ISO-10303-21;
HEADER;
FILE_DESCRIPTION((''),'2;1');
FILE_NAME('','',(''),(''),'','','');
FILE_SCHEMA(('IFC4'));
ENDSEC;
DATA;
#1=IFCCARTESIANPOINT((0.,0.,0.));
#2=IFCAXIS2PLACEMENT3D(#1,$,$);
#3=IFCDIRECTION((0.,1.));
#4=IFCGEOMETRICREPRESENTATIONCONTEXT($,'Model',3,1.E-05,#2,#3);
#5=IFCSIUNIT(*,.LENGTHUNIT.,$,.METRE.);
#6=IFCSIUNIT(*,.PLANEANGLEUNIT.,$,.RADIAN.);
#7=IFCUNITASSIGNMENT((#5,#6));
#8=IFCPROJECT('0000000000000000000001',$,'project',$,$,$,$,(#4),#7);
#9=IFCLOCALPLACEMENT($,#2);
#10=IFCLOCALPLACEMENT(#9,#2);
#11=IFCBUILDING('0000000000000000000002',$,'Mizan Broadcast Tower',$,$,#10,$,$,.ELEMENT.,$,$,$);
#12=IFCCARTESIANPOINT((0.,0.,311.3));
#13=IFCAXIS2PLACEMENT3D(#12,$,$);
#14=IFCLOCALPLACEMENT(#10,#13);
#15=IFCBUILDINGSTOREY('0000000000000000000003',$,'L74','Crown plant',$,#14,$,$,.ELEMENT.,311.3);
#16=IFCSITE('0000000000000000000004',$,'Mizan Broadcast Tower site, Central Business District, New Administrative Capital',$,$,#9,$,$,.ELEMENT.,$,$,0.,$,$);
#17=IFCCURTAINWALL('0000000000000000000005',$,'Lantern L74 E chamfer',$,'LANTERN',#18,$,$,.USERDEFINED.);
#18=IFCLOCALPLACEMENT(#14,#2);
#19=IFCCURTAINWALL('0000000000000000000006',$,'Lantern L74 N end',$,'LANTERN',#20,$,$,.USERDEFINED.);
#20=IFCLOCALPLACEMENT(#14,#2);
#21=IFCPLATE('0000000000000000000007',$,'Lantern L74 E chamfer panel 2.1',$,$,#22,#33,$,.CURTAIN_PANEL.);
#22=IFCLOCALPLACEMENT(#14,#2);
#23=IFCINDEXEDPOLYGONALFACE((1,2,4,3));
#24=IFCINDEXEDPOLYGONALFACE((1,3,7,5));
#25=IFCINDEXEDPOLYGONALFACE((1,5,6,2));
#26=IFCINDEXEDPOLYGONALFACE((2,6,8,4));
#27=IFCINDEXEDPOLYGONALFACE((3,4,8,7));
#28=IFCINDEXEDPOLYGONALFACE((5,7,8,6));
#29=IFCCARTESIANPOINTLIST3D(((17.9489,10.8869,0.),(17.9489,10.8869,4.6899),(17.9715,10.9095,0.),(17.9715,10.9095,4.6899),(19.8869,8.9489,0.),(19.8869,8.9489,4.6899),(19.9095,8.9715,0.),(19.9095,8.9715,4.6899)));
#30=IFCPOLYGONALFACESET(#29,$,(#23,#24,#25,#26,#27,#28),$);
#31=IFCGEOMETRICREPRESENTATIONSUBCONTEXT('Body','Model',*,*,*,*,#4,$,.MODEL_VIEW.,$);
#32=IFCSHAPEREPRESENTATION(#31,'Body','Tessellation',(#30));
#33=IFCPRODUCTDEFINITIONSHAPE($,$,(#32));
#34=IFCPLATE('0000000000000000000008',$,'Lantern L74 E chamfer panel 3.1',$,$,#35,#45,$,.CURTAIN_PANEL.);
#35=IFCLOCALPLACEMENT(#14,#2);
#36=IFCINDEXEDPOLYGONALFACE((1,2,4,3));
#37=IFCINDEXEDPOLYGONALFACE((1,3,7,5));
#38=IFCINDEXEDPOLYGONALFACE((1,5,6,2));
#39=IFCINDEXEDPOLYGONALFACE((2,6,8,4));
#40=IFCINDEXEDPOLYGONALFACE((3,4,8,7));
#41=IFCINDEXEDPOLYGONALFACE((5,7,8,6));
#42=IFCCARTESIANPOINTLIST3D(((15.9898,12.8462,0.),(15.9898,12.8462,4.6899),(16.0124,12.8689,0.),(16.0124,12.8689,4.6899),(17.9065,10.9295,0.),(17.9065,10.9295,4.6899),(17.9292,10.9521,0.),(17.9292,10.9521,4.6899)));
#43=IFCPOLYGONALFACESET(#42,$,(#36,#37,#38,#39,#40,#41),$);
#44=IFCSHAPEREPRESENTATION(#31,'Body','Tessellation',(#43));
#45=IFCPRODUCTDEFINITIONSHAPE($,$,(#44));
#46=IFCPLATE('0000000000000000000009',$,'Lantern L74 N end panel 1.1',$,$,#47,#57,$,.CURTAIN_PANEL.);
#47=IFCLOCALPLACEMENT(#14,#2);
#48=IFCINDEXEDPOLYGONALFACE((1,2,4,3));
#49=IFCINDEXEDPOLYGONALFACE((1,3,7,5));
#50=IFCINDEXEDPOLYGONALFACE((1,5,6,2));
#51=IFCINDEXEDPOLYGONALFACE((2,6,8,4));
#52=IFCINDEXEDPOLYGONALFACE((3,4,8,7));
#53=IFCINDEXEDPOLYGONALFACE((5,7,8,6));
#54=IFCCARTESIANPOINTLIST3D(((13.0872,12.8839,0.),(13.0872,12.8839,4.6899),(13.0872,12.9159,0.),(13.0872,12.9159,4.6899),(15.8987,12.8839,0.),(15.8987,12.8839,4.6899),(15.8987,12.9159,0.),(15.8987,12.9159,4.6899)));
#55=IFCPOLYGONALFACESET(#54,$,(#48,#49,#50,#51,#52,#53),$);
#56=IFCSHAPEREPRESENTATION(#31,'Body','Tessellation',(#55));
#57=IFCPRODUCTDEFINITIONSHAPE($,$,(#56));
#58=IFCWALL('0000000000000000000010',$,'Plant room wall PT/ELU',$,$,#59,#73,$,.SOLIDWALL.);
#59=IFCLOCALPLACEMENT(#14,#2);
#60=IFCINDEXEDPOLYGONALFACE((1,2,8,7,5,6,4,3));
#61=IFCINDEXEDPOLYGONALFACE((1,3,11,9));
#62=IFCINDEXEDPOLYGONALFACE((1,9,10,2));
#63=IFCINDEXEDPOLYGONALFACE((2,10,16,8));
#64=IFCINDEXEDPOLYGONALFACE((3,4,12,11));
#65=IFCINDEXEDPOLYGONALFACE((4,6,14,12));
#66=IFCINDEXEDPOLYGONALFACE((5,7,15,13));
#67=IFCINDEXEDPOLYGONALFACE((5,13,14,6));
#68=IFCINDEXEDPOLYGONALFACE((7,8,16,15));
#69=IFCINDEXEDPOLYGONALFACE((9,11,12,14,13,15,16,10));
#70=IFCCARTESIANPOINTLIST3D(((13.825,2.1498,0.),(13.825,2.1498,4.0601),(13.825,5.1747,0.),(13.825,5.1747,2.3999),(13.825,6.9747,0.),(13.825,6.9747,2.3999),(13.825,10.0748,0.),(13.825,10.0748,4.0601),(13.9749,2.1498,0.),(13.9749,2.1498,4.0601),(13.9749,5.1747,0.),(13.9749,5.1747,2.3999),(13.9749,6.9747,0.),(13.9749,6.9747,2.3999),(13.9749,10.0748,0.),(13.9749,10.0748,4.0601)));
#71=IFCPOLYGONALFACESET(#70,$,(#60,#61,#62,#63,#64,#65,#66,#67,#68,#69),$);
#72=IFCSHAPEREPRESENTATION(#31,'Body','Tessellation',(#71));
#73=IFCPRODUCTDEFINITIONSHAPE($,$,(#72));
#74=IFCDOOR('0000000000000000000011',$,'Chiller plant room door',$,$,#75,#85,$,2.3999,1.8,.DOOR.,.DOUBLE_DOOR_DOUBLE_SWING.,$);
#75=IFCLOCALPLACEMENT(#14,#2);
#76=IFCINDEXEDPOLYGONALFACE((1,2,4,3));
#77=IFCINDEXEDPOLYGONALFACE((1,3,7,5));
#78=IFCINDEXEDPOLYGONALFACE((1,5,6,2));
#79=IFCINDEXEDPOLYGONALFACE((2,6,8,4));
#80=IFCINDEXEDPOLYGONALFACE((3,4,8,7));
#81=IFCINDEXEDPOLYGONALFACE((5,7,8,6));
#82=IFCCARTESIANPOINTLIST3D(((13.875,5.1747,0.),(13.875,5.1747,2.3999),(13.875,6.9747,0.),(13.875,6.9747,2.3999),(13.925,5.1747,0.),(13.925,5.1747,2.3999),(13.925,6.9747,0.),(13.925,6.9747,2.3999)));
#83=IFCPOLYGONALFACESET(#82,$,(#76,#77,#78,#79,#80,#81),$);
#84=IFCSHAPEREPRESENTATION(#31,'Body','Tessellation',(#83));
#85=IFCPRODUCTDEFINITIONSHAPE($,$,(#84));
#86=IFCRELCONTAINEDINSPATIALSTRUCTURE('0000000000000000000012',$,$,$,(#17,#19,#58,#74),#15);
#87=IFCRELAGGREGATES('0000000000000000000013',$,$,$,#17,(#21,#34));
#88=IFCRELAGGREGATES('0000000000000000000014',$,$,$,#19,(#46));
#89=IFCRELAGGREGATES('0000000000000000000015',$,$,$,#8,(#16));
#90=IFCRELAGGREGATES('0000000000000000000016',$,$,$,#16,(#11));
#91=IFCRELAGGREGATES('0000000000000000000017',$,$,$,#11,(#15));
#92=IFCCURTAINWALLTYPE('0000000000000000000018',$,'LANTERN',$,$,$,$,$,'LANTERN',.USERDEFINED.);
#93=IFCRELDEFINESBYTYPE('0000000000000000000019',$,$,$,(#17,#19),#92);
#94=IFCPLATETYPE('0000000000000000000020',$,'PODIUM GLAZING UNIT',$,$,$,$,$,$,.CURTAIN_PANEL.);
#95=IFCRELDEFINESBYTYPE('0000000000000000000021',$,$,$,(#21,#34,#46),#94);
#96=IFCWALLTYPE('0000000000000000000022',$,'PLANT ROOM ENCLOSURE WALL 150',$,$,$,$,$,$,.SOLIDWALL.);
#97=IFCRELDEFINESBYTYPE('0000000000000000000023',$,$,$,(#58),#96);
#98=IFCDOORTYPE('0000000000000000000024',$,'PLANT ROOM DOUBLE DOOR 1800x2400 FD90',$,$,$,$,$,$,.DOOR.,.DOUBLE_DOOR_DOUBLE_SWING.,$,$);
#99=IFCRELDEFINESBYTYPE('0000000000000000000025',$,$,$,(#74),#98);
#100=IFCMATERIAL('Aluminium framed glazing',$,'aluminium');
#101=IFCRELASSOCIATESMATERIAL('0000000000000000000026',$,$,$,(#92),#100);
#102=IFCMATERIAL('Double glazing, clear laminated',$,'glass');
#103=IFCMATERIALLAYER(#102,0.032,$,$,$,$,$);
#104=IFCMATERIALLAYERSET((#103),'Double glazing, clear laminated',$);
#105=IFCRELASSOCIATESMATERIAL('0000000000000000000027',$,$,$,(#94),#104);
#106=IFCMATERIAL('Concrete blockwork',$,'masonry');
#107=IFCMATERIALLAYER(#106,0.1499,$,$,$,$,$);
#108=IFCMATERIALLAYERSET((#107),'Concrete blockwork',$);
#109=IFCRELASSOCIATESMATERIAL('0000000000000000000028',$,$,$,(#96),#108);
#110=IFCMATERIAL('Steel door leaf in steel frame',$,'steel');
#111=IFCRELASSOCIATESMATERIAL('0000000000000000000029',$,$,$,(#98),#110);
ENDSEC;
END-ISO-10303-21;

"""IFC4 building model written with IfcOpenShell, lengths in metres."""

from ifc_helpers import new_model, si_unit, direction, frame, frame_2d, origin, origin_2d, place, context, subcontext, project, spatial, rectangle, extrude, material, layer, layer_set, type_object, element, fill, aggregate, save


model = new_model("IFC4")

# Units and contexts
model_context = context("Model", 3, precision=1e-05, world=origin(), true_north=direction((0.0, 1.0)))
body_context = subcontext(model_context, "Body", "Model", "MODEL_VIEW")
ifc_project = project(units=[si_unit("LENGTHUNIT", "METRE"), si_unit("PLANEANGLEUNIT", "RADIAN")], contexts=[model_context])

# Site, building, storey
site_placement = place(None, origin())
site = spatial("IfcSite", under=ifc_project, at=site_placement, Name="Mizan Broadcast Tower site, Central Business District, New Administrative Capital", CompositionType="ELEMENT", RefElevation=0.0)
building_placement = place(site_placement, origin())
building = spatial("IfcBuilding", under=site, at=building_placement, Name="Mizan Broadcast Tower", CompositionType="ELEMENT")
storey_placement = place(building_placement, frame((0.0, 0.0, 311.3)))
storey = spatial("IfcBuildingStorey", under=building, at=storey_placement, Name="L74", Description="Crown plant", CompositionType="ELEMENT", Elevation=311.3)

# Curtain wall
ifc_material_1 = material(Name="Aluminium framed glazing", Category="aluminium")
curtain_wall_type = type_object("IfcCurtainWallType", Name="LANTERN", ElementType="LANTERN", PredefinedType="USERDEFINED", material=ifc_material_1)
curtain_wall_1_placement = place(storey_placement, origin())
curtain_wall_1 = element("IfcCurtainWall", 1, at=curtain_wall_1_placement, inside=storey, type_object=curtain_wall_type, Name="Lantern L74 E chamfer", ObjectType="LANTERN", PredefinedType="USERDEFINED")

# Curtain wall
curtain_wall_2_placement = place(storey_placement, origin())
curtain_wall_2 = element("IfcCurtainWall", 2, at=curtain_wall_2_placement, inside=storey, type_object=curtain_wall_type, Name="Lantern L74 N end", ObjectType="LANTERN", PredefinedType="USERDEFINED")

# Plates
ifc_material_2 = material(Name="Double glazing, clear laminated", Category="glass")
ifc_layer_1 = layer(ifc_material_2, 0.032)
ifc_layer_set_1 = layer_set([ifc_layer_1], Name="Double glazing, clear laminated")
plate_type = type_object("IfcPlateType", Name="PODIUM GLAZING UNIT", PredefinedType="CURTAIN_PANEL", material=ifc_layer_set_1)
plate_1_placement = place(storey_placement, frame((18.9292, 9.9292, 0.0), z_axis=(0.0, 0.0, 1.0), x_axis=(-0.707107, 0.707107, 0.0)))
plate_1 = element("IfcPlate", 3, at=plate_1_placement, type_object=plate_type, Name="Lantern L74 E chamfer panel 2.1", PredefinedType="CURTAIN_PANEL", context=body_context, shape_type="SweptSolid", body=[
    extrude(rectangle(XDim=2.7407, YDim=0.032, at=origin_2d()), origin(), (0.0, 0.0, 1.0), 4.6899),
])
plate_2_placement = place(storey_placement, frame((16.9595, 11.8992, 0.0), z_axis=(0.0, 0.0, 1.0), x_axis=(-0.707107, 0.707107, 0.0)))
plate_2 = element("IfcPlate", 4, at=plate_2_placement, type_object=plate_type, Name="Lantern L74 E chamfer panel 3.1", PredefinedType="CURTAIN_PANEL", context=body_context, shape_type="SweptSolid", body=[
    extrude(rectangle(XDim=2.7107, YDim=0.032, at=origin_2d()), origin(), (0.0, 0.0, 1.0), 4.6899),
])
aggregate(curtain_wall_1, [plate_1, plate_2])
plate_3_placement = place(storey_placement, frame((14.4929, 12.8999, 0.0), z_axis=(0.0, 0.0, 1.0), x_axis=(-1.0, 0.0, 0.0)))
plate_3 = element("IfcPlate", 5, at=plate_3_placement, type_object=plate_type, Name="Lantern L74 N end panel 1.1", PredefinedType="CURTAIN_PANEL", context=body_context, shape_type="SweptSolid", body=[
    extrude(rectangle(XDim=2.8115, YDim=0.032, at=origin_2d()), origin(), (0.0, 0.0, 1.0), 4.6899),
])
aggregate(curtain_wall_2, [plate_3])

# Wall, opening, door
ifc_material_3 = material(Name="Concrete blockwork", Category="masonry")
ifc_layer_2 = layer(ifc_material_3, 0.1499)
ifc_layer_set_2 = layer_set([ifc_layer_2], Name="Concrete blockwork")
wall_type = type_object("IfcWallType", Name="PLANT ROOM ENCLOSURE WALL 150", PredefinedType="SOLIDWALL", material=ifc_layer_set_2)
wall_placement = place(storey_placement, frame((13.8999, 2.1499, 0.0), z_axis=(0.0, 0.0, 1.0), x_axis=(0.0, 1.0, 0.0)))
wall = element("IfcWall", 6, at=wall_placement, inside=storey, type_object=wall_type, Name="Plant room wall PT/ELU", PredefinedType="SOLIDWALL", context=body_context, shape_type="SweptSolid", body=[
    extrude(rectangle(XDim=7.925, YDim=0.1499, at=frame_2d((3.9624, 0.0))), origin(), (0.0, 0.0, 1.0), 4.0601),
])
opening_placement = place(wall_placement, frame((3.0249, 0.0, 0.0)))
opening = element("IfcOpeningElement", 7, at=opening_placement, cuts=wall, PredefinedType="OPENING", context=body_context, shape_type="SweptSolid", body=[
    extrude(rectangle(XDim=1.8, YDim=2.3999, at=frame_2d((0.8999, 1.2))), frame((0.0, 0.085, 0.0), z_axis=(0.0, -1.0, 0.0), x_axis=(1.0, 0.0, 0.0)), (0.0, 0.0, 1.0), 0.1699),
])
ifc_material_4 = material(Name="Steel door leaf in steel frame", Category="steel")
door_type = type_object("IfcDoorType", Name="PLANT ROOM DOUBLE DOOR 1800x2400 FD90", OperationType="DOUBLE_DOOR_DOUBLE_SWING", PredefinedType="DOOR", material=ifc_material_4)
door_placement = place(opening_placement, origin())
door = element("IfcDoor", 8, at=door_placement, inside=storey, type_object=door_type, Name="Chiller plant room door", OperationType="DOUBLE_DOOR_DOUBLE_SWING", OverallHeight=2.3999, OverallWidth=1.8, PredefinedType="DOOR", context=body_context, shape_type="SweptSolid", body=[
    extrude(rectangle(XDim=1.8, YDim=2.3999, at=frame_2d((0.8999, 1.2))), frame((0.0, 0.0249, 0.0), z_axis=(0.0, -1.0, 0.0), x_axis=(1.0, 0.0, 0.0)), (0.0, 0.0, 1.0), 0.05),
])
fill(opening, door)

save(model, "model.ifc")
